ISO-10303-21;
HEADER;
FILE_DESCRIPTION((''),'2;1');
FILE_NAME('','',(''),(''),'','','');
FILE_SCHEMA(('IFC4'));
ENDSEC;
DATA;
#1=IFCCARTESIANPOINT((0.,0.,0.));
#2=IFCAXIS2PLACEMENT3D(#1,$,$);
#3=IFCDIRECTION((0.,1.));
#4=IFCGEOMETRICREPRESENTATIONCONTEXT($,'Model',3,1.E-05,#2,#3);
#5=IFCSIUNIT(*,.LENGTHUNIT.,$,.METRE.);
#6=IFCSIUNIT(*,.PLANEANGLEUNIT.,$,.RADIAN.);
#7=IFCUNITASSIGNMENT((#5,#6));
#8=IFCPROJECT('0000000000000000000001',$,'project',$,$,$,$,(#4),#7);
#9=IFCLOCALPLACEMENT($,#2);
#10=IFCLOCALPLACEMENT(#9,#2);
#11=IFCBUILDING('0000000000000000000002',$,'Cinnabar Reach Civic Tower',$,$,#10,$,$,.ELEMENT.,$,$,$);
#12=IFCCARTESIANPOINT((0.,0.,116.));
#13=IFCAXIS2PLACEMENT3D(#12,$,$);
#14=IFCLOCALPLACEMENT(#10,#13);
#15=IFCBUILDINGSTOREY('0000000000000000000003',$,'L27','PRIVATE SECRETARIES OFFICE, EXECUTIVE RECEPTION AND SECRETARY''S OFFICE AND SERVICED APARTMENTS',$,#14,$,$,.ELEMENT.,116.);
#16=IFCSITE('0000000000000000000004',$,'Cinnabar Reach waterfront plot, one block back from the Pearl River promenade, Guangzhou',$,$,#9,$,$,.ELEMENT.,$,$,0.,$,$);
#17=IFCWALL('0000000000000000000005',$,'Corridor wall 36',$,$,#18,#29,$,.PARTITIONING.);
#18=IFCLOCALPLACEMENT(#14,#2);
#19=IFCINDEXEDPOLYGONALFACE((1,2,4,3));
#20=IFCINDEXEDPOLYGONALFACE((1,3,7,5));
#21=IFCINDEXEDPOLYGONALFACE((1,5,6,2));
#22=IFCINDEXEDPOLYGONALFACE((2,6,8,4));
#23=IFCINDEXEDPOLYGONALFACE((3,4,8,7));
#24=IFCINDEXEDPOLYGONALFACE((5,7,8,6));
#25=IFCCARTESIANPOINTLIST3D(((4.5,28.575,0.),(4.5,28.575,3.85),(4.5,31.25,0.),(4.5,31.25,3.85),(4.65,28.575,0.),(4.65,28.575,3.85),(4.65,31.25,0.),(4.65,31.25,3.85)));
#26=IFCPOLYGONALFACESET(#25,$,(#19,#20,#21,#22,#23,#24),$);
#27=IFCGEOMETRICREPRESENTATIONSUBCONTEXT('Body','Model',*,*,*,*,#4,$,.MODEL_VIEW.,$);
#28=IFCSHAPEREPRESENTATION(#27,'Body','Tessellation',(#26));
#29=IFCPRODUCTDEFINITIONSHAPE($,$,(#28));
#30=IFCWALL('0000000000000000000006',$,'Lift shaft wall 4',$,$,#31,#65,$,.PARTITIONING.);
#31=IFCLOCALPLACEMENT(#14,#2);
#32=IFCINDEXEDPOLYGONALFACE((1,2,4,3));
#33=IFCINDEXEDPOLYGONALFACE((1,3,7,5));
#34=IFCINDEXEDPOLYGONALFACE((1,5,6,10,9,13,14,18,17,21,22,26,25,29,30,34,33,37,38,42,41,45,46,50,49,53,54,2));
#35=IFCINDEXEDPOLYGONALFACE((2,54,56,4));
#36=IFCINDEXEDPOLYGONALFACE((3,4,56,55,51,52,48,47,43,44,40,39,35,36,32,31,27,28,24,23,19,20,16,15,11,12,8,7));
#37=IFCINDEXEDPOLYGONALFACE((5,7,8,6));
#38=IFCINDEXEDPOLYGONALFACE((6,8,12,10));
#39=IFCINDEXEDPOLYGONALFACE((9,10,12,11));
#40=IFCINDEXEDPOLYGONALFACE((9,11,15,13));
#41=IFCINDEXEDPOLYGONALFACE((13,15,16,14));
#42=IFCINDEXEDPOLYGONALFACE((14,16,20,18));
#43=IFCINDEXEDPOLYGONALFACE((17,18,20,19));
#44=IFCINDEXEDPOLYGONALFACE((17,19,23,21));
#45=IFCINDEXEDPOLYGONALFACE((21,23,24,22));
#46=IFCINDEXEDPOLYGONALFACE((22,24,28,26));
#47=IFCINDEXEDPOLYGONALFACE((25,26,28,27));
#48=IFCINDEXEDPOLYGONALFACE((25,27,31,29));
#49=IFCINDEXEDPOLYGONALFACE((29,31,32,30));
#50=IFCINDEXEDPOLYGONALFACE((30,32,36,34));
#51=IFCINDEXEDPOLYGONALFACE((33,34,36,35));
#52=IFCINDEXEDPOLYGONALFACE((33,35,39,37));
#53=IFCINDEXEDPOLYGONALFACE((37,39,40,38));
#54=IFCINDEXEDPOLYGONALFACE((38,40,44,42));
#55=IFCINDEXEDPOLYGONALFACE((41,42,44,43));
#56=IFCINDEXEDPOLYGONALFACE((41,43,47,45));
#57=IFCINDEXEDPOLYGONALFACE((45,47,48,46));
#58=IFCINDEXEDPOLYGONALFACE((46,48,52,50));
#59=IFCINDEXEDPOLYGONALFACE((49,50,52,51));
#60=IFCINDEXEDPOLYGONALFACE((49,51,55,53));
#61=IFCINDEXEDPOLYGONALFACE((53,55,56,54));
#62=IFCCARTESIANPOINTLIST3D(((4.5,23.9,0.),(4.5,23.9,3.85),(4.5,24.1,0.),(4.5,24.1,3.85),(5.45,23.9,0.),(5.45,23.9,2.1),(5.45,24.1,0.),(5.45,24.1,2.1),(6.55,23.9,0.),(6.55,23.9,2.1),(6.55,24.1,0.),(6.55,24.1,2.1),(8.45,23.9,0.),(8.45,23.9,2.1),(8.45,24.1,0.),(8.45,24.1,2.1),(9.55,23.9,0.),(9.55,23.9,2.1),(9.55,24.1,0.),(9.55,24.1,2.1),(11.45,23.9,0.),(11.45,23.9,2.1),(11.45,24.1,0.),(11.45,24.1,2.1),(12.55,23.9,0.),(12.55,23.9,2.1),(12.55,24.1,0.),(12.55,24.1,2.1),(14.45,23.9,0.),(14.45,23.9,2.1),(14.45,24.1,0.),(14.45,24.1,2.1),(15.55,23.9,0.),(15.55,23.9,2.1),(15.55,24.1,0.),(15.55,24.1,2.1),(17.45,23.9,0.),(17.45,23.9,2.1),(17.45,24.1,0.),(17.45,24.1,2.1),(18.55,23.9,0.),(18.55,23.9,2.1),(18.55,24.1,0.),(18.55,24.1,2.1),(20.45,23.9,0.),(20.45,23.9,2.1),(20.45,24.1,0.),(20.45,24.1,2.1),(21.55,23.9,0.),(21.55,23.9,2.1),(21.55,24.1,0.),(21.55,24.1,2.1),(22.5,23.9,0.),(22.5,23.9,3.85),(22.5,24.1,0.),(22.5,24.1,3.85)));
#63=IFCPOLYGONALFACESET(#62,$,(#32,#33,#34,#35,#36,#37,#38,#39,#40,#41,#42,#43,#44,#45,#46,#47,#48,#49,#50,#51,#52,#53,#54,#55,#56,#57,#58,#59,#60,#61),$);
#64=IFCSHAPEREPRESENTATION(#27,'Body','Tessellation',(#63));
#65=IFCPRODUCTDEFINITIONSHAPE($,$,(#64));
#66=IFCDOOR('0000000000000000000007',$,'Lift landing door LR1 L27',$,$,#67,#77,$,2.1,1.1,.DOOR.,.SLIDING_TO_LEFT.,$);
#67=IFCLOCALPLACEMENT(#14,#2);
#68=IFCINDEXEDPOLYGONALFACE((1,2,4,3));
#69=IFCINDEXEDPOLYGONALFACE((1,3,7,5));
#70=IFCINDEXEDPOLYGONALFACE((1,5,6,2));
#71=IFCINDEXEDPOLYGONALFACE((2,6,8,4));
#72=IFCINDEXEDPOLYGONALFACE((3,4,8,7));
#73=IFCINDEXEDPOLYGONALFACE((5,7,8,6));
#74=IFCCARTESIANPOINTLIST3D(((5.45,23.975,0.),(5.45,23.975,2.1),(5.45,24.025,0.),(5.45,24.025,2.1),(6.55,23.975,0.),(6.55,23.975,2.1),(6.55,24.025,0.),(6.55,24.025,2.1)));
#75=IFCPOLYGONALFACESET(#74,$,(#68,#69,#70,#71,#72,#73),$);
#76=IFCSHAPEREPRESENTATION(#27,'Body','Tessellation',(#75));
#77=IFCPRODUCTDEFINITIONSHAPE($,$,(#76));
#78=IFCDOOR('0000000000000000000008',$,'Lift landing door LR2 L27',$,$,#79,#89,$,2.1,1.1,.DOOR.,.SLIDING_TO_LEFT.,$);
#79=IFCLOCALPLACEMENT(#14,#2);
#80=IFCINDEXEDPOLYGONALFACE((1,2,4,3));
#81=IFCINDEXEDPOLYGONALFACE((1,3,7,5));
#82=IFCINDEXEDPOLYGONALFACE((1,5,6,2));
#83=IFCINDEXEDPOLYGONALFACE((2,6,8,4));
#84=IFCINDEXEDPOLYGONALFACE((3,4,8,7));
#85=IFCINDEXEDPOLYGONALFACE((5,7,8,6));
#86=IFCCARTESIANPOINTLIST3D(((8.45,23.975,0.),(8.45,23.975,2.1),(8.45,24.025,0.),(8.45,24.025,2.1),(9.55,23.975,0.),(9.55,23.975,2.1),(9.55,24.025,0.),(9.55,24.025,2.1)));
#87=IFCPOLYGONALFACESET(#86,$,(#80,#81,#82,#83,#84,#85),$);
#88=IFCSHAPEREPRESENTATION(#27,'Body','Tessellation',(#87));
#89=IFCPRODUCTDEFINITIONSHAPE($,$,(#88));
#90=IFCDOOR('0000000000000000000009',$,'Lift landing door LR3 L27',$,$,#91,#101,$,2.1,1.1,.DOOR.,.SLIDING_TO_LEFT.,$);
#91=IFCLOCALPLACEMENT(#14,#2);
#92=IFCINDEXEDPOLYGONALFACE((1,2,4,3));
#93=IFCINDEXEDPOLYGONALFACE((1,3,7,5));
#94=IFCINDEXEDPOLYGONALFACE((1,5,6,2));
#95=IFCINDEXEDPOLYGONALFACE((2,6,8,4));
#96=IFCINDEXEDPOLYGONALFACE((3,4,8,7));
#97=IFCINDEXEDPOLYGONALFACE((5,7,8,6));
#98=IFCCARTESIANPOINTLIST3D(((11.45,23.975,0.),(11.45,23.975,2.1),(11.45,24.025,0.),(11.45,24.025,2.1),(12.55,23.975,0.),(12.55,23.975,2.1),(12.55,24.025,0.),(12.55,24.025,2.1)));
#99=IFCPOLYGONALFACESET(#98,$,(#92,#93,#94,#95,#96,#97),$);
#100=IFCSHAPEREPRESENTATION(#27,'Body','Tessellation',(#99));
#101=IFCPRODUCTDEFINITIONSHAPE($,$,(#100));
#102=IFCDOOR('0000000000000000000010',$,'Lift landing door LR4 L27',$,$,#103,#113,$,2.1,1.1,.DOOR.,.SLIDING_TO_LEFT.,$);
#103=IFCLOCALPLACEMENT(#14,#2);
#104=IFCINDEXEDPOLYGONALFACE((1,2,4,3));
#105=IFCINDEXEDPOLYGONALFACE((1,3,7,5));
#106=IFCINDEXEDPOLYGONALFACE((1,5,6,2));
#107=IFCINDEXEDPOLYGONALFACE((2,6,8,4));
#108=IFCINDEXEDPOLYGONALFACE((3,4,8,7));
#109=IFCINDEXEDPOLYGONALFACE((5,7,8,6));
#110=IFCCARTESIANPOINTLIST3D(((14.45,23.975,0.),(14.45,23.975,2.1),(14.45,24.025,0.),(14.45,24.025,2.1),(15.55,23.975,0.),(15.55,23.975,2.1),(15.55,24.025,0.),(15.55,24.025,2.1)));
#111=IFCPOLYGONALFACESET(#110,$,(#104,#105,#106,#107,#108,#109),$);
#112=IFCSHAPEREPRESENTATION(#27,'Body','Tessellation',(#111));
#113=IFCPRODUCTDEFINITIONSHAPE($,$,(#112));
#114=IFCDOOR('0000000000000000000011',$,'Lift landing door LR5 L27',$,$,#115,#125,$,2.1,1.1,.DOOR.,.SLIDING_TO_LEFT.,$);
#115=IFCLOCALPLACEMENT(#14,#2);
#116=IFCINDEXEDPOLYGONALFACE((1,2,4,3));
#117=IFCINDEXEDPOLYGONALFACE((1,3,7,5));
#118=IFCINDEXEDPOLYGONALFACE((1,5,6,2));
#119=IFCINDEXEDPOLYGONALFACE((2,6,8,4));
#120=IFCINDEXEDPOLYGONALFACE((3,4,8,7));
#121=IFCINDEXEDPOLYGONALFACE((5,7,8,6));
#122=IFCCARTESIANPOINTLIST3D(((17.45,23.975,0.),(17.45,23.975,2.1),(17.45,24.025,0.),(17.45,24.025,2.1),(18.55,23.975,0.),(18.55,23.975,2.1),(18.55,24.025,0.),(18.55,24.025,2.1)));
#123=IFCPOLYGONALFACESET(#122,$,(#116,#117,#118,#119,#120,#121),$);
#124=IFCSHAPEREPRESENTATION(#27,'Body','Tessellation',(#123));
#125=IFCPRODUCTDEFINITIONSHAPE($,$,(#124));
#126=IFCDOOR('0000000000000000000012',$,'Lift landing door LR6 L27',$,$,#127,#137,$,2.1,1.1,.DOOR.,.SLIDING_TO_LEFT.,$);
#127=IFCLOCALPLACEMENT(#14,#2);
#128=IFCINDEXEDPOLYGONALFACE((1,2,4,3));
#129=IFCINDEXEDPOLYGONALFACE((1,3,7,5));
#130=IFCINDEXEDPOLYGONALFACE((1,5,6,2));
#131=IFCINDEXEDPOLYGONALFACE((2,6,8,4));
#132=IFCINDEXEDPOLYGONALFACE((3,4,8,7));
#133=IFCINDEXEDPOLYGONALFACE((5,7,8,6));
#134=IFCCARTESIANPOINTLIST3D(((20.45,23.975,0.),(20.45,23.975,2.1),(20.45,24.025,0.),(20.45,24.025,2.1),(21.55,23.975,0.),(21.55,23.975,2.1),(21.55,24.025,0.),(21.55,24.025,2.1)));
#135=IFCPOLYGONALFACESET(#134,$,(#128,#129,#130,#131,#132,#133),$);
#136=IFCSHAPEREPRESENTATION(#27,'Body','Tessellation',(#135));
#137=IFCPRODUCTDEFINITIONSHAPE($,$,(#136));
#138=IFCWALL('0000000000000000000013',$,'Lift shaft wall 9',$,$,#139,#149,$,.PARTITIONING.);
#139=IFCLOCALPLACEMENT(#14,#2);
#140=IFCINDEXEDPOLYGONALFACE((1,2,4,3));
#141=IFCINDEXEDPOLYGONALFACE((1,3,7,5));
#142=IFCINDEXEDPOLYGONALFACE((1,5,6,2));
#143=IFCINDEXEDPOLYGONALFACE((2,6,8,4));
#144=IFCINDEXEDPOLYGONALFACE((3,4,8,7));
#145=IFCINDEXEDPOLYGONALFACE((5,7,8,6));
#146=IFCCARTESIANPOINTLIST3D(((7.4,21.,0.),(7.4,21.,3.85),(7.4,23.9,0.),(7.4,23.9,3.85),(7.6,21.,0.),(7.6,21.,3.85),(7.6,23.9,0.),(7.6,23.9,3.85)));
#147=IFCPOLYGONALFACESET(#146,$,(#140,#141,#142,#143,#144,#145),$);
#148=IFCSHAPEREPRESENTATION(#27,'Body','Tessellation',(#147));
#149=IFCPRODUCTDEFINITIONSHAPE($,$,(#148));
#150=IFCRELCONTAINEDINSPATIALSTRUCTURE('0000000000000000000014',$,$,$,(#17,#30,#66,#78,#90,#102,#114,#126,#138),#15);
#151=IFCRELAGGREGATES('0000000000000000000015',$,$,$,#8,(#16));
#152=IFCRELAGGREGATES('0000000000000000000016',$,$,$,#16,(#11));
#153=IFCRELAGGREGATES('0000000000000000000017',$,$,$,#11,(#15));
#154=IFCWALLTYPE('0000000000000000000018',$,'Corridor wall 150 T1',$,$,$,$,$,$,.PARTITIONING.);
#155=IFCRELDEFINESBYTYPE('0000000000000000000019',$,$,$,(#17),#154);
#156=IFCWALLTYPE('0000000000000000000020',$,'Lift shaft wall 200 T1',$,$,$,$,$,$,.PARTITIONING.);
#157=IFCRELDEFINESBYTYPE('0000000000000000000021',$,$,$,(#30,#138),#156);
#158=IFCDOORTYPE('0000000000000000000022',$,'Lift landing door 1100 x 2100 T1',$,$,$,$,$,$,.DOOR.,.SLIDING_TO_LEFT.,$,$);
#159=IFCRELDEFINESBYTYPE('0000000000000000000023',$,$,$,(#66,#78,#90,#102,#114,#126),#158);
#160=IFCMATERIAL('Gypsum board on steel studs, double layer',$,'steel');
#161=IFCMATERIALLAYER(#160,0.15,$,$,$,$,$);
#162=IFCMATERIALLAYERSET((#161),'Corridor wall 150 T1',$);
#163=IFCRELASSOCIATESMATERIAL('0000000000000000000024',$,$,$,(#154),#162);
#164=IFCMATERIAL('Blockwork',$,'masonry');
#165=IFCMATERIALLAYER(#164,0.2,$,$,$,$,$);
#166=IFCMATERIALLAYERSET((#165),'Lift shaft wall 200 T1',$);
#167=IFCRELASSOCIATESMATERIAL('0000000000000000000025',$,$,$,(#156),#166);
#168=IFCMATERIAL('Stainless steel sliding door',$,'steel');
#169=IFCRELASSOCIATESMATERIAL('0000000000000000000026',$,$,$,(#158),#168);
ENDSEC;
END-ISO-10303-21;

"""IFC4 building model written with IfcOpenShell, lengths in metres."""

from ifc_helpers import new_model, si_unit, direction, frame, frame_2d, origin, place, context, subcontext, project, spatial, rectangle, extrude, material, layer, layer_set, type_object, element, fill, save


model = new_model("IFC4")

# Units and contexts
model_context = context("Model", 3, precision=1e-05, world=origin(), true_north=direction((0.0, 1.0)))
body_context = subcontext(model_context, "Body", "Model", "MODEL_VIEW")
ifc_project = project(units=[si_unit("LENGTHUNIT", "METRE"), si_unit("PLANEANGLEUNIT", "RADIAN")], contexts=[model_context])

# Site, building, storey
site_placement = place(None, origin())
site = spatial("IfcSite", under=ifc_project, at=site_placement, Name="Cinnabar Reach waterfront plot, one block back from the Pearl River promenade, Guangzhou", CompositionType="ELEMENT", RefElevation=0.0)
building_placement = place(site_placement, origin())
building = spatial("IfcBuilding", under=site, at=building_placement, Name="Cinnabar Reach Civic Tower", CompositionType="ELEMENT")
storey_placement = place(building_placement, frame((0.0, 0.0, 116.0)))
storey = spatial("IfcBuildingStorey", under=building, at=storey_placement, Name="L27", Description="PRIVATE SECRETARIES OFFICE, EXECUTIVE RECEPTION AND SECRETARY'S OFFICE AND SERVICED APARTMENTS", CompositionType="ELEMENT", Elevation=116.0)

# Shared definitions
ifc_material_1 = material(Name="Gypsum board on steel studs, double layer", Category="steel")
ifc_layer_1 = layer(ifc_material_1, 0.15)
ifc_layer_set_1 = layer_set([ifc_layer_1], Name="Corridor wall 150 T1")
wall_type_1 = type_object("IfcWallType", Name="Corridor wall 150 T1", PredefinedType="PARTITIONING", material=ifc_layer_set_1)

# Wall
wall_1_placement = place(storey_placement, frame((4.575, 28.575, 0.0), z_axis=(0.0, 0.0, 1.0), x_axis=(0.0, 1.0, 0.0)))
element("IfcWall", 1, at=wall_1_placement, inside=storey, type_object=wall_type_1, Name="Corridor wall 36", PredefinedType="PARTITIONING", context=body_context, shape_type="SweptSolid", body=[
    extrude(rectangle(XDim=2.675, YDim=0.15, at=frame_2d((1.3375, 0.0))), origin(), (0.0, 0.0, 1.0), 3.85),
])

# Wall, openings, doors
ifc_material_2 = material(Name="Blockwork", Category="masonry")
ifc_layer_2 = layer(ifc_material_2, 0.2)
ifc_layer_set_2 = layer_set([ifc_layer_2], Name="Lift shaft wall 200 T1")
wall_type_2 = type_object("IfcWallType", Name="Lift shaft wall 200 T1", PredefinedType="PARTITIONING", material=ifc_layer_set_2)
wall_2_placement = place(storey_placement, frame((4.5, 24.0, 0.0), z_axis=(0.0, 0.0, 1.0), x_axis=(1.0, 0.0, 0.0)))
wall_2 = element("IfcWall", 2, at=wall_2_placement, inside=storey, type_object=wall_type_2, Name="Lift shaft wall 4", PredefinedType="PARTITIONING", context=body_context, shape_type="SweptSolid", body=[
    extrude(rectangle(XDim=18.0, YDim=0.2, at=frame_2d((9.0, 0.0))), origin(), (0.0, 0.0, 1.0), 3.85),
])
opening_1_placement = place(wall_2_placement, frame((0.95, 0.0, 0.0)))
opening_1 = element("IfcOpeningElement", 3, at=opening_1_placement, cuts=wall_2, PredefinedType="OPENING", context=body_context, shape_type="SweptSolid", body=[
    extrude(rectangle(XDim=1.1, YDim=2.1, at=frame_2d((0.55, 1.05))), frame((0.0, 0.11, 0.0), z_axis=(0.0, -1.0, 0.0), x_axis=(1.0, 0.0, 0.0)), (0.0, 0.0, 1.0), 0.22),
])
opening_2_placement = place(wall_2_placement, frame((3.95, 0.0, 0.0)))
opening_2 = element("IfcOpeningElement", 4, at=opening_2_placement, cuts=wall_2, PredefinedType="OPENING", context=body_context, shape_type="SweptSolid", body=[
    extrude(rectangle(XDim=1.1, YDim=2.1, at=frame_2d((0.55, 1.05))), frame((0.0, 0.11, 0.0), z_axis=(0.0, -1.0, 0.0), x_axis=(1.0, 0.0, 0.0)), (0.0, 0.0, 1.0), 0.22),
])
opening_3_placement = place(wall_2_placement, frame((6.95, 0.0, 0.0)))
opening_3 = element("IfcOpeningElement", 5, at=opening_3_placement, cuts=wall_2, PredefinedType="OPENING", context=body_context, shape_type="SweptSolid", body=[
    extrude(rectangle(XDim=1.1, YDim=2.1, at=frame_2d((0.55, 1.05))), frame((0.0, 0.11, 0.0), z_axis=(0.0, -1.0, 0.0), x_axis=(1.0, 0.0, 0.0)), (0.0, 0.0, 1.0), 0.22),
])
opening_4_placement = place(wall_2_placement, frame((9.95, 0.0, 0.0)))
opening_4 = element("IfcOpeningElement", 6, at=opening_4_placement, cuts=wall_2, PredefinedType="OPENING", context=body_context, shape_type="SweptSolid", body=[
    extrude(rectangle(XDim=1.1, YDim=2.1, at=frame_2d((0.55, 1.05))), frame((0.0, 0.11, 0.0), z_axis=(0.0, -1.0, 0.0), x_axis=(1.0, 0.0, 0.0)), (0.0, 0.0, 1.0), 0.22),
])
opening_5_placement = place(wall_2_placement, frame((12.95, 0.0, 0.0)))
opening_5 = element("IfcOpeningElement", 7, at=opening_5_placement, cuts=wall_2, PredefinedType="OPENING", context=body_context, shape_type="SweptSolid", body=[
    extrude(rectangle(XDim=1.1, YDim=2.1, at=frame_2d((0.55, 1.05))), frame((0.0, 0.11, 0.0), z_axis=(0.0, -1.0, 0.0), x_axis=(1.0, 0.0, 0.0)), (0.0, 0.0, 1.0), 0.22),
])
opening_6_placement = place(wall_2_placement, frame((15.95, 0.0, 0.0)))
opening_6 = element("IfcOpeningElement", 8, at=opening_6_placement, cuts=wall_2, PredefinedType="OPENING", context=body_context, shape_type="SweptSolid", body=[
    extrude(rectangle(XDim=1.1, YDim=2.1, at=frame_2d((0.55, 1.05))), frame((0.0, 0.11, 0.0), z_axis=(0.0, -1.0, 0.0), x_axis=(1.0, 0.0, 0.0)), (0.0, 0.0, 1.0), 0.22),
])
ifc_material_3 = material(Name="Stainless steel sliding door", Category="steel")
door_type_1 = type_object("IfcDoorType", Name="Lift landing door 1100 x 2100 T1", OperationType="SLIDING_TO_LEFT", PredefinedType="DOOR", material=ifc_material_3)
door_1_placement = place(opening_1_placement, origin())
door_1 = element("IfcDoor", 9, at=door_1_placement, inside=storey, type_object=door_type_1, Name="Lift landing door LR1 L27", OperationType="SLIDING_TO_LEFT", OverallHeight=2.1, OverallWidth=1.1, PredefinedType="DOOR", context=body_context, shape_type="SweptSolid", body=[
    extrude(rectangle(XDim=1.1, YDim=2.1, at=frame_2d((0.55, 1.05))), frame((0.0, 0.025, 0.0), z_axis=(0.0, -1.0, 0.0), x_axis=(1.0, 0.0, 0.0)), (0.0, 0.0, 1.0), 0.05),
])
fill(opening_1, door_1)
door_2_placement = place(opening_2_placement, origin())
door_2 = element("IfcDoor", 10, at=door_2_placement, inside=storey, type_object=door_type_1, Name="Lift landing door LR2 L27", OperationType="SLIDING_TO_LEFT", OverallHeight=2.1, OverallWidth=1.1, PredefinedType="DOOR", context=body_context, shape_type="SweptSolid", body=[
    extrude(rectangle(XDim=1.1, YDim=2.1, at=frame_2d((0.55, 1.05))), frame((0.0, 0.025, 0.0), z_axis=(0.0, -1.0, 0.0), x_axis=(1.0, 0.0, 0.0)), (0.0, 0.0, 1.0), 0.05),
])
fill(opening_2, door_2)
door_3_placement = place(opening_3_placement, origin())
door_3 = element("IfcDoor", 11, at=door_3_placement, inside=storey, type_object=door_type_1, Name="Lift landing door LR3 L27", OperationType="SLIDING_TO_LEFT", OverallHeight=2.1, OverallWidth=1.1, PredefinedType="DOOR", context=body_context, shape_type="SweptSolid", body=[
    extrude(rectangle(XDim=1.1, YDim=2.1, at=frame_2d((0.55, 1.05))), frame((0.0, 0.025, 0.0), z_axis=(0.0, -1.0, 0.0), x_axis=(1.0, 0.0, 0.0)), (0.0, 0.0, 1.0), 0.05),
])
fill(opening_3, door_3)
door_4_placement = place(opening_4_placement, origin())
door_4 = element("IfcDoor", 12, at=door_4_placement, inside=storey, type_object=door_type_1, Name="Lift landing door LR4 L27", OperationType="SLIDING_TO_LEFT", OverallHeight=2.1, OverallWidth=1.1, PredefinedType="DOOR", context=body_context, shape_type="SweptSolid", body=[
    extrude(rectangle(XDim=1.1, YDim=2.1, at=frame_2d((0.55, 1.05))), frame((0.0, 0.025, 0.0), z_axis=(0.0, -1.0, 0.0), x_axis=(1.0, 0.0, 0.0)), (0.0, 0.0, 1.0), 0.05),
])
fill(opening_4, door_4)
door_5_placement = place(opening_5_placement, origin())
door_5 = element("IfcDoor", 13, at=door_5_placement, inside=storey, type_object=door_type_1, Name="Lift landing door LR5 L27", OperationType="SLIDING_TO_LEFT", OverallHeight=2.1, OverallWidth=1.1, PredefinedType="DOOR", context=body_context, shape_type="SweptSolid", body=[
    extrude(rectangle(XDim=1.1, YDim=2.1, at=frame_2d((0.55, 1.05))), frame((0.0, 0.025, 0.0), z_axis=(0.0, -1.0, 0.0), x_axis=(1.0, 0.0, 0.0)), (0.0, 0.0, 1.0), 0.05),
])
fill(opening_5, door_5)
door_6_placement = place(opening_6_placement, origin())
door_6 = element("IfcDoor", 14, at=door_6_placement, inside=storey, type_object=door_type_1, Name="Lift landing door LR6 L27", OperationType="SLIDING_TO_LEFT", OverallHeight=2.1, OverallWidth=1.1, PredefinedType="DOOR", context=body_context, shape_type="SweptSolid", body=[
    extrude(rectangle(XDim=1.1, YDim=2.1, at=frame_2d((0.55, 1.05))), frame((0.0, 0.025, 0.0), z_axis=(0.0, -1.0, 0.0), x_axis=(1.0, 0.0, 0.0)), (0.0, 0.0, 1.0), 0.05),
])
fill(opening_6, door_6)

# Wall
wall_3_placement = place(storey_placement, frame((7.5, 21.0, 0.0), z_axis=(0.0, 0.0, 1.0), x_axis=(0.0, 1.0, 0.0)))
element("IfcWall", 15, at=wall_3_placement, inside=storey, type_object=wall_type_2, Name="Lift shaft wall 9", PredefinedType="PARTITIONING", context=body_context, shape_type="SweptSolid", body=[
    extrude(rectangle(XDim=2.9, YDim=0.2, at=frame_2d((1.45, 0.0))), origin(), (0.0, 0.0, 1.0), 3.85),
])

save(model, "model.ifc")
